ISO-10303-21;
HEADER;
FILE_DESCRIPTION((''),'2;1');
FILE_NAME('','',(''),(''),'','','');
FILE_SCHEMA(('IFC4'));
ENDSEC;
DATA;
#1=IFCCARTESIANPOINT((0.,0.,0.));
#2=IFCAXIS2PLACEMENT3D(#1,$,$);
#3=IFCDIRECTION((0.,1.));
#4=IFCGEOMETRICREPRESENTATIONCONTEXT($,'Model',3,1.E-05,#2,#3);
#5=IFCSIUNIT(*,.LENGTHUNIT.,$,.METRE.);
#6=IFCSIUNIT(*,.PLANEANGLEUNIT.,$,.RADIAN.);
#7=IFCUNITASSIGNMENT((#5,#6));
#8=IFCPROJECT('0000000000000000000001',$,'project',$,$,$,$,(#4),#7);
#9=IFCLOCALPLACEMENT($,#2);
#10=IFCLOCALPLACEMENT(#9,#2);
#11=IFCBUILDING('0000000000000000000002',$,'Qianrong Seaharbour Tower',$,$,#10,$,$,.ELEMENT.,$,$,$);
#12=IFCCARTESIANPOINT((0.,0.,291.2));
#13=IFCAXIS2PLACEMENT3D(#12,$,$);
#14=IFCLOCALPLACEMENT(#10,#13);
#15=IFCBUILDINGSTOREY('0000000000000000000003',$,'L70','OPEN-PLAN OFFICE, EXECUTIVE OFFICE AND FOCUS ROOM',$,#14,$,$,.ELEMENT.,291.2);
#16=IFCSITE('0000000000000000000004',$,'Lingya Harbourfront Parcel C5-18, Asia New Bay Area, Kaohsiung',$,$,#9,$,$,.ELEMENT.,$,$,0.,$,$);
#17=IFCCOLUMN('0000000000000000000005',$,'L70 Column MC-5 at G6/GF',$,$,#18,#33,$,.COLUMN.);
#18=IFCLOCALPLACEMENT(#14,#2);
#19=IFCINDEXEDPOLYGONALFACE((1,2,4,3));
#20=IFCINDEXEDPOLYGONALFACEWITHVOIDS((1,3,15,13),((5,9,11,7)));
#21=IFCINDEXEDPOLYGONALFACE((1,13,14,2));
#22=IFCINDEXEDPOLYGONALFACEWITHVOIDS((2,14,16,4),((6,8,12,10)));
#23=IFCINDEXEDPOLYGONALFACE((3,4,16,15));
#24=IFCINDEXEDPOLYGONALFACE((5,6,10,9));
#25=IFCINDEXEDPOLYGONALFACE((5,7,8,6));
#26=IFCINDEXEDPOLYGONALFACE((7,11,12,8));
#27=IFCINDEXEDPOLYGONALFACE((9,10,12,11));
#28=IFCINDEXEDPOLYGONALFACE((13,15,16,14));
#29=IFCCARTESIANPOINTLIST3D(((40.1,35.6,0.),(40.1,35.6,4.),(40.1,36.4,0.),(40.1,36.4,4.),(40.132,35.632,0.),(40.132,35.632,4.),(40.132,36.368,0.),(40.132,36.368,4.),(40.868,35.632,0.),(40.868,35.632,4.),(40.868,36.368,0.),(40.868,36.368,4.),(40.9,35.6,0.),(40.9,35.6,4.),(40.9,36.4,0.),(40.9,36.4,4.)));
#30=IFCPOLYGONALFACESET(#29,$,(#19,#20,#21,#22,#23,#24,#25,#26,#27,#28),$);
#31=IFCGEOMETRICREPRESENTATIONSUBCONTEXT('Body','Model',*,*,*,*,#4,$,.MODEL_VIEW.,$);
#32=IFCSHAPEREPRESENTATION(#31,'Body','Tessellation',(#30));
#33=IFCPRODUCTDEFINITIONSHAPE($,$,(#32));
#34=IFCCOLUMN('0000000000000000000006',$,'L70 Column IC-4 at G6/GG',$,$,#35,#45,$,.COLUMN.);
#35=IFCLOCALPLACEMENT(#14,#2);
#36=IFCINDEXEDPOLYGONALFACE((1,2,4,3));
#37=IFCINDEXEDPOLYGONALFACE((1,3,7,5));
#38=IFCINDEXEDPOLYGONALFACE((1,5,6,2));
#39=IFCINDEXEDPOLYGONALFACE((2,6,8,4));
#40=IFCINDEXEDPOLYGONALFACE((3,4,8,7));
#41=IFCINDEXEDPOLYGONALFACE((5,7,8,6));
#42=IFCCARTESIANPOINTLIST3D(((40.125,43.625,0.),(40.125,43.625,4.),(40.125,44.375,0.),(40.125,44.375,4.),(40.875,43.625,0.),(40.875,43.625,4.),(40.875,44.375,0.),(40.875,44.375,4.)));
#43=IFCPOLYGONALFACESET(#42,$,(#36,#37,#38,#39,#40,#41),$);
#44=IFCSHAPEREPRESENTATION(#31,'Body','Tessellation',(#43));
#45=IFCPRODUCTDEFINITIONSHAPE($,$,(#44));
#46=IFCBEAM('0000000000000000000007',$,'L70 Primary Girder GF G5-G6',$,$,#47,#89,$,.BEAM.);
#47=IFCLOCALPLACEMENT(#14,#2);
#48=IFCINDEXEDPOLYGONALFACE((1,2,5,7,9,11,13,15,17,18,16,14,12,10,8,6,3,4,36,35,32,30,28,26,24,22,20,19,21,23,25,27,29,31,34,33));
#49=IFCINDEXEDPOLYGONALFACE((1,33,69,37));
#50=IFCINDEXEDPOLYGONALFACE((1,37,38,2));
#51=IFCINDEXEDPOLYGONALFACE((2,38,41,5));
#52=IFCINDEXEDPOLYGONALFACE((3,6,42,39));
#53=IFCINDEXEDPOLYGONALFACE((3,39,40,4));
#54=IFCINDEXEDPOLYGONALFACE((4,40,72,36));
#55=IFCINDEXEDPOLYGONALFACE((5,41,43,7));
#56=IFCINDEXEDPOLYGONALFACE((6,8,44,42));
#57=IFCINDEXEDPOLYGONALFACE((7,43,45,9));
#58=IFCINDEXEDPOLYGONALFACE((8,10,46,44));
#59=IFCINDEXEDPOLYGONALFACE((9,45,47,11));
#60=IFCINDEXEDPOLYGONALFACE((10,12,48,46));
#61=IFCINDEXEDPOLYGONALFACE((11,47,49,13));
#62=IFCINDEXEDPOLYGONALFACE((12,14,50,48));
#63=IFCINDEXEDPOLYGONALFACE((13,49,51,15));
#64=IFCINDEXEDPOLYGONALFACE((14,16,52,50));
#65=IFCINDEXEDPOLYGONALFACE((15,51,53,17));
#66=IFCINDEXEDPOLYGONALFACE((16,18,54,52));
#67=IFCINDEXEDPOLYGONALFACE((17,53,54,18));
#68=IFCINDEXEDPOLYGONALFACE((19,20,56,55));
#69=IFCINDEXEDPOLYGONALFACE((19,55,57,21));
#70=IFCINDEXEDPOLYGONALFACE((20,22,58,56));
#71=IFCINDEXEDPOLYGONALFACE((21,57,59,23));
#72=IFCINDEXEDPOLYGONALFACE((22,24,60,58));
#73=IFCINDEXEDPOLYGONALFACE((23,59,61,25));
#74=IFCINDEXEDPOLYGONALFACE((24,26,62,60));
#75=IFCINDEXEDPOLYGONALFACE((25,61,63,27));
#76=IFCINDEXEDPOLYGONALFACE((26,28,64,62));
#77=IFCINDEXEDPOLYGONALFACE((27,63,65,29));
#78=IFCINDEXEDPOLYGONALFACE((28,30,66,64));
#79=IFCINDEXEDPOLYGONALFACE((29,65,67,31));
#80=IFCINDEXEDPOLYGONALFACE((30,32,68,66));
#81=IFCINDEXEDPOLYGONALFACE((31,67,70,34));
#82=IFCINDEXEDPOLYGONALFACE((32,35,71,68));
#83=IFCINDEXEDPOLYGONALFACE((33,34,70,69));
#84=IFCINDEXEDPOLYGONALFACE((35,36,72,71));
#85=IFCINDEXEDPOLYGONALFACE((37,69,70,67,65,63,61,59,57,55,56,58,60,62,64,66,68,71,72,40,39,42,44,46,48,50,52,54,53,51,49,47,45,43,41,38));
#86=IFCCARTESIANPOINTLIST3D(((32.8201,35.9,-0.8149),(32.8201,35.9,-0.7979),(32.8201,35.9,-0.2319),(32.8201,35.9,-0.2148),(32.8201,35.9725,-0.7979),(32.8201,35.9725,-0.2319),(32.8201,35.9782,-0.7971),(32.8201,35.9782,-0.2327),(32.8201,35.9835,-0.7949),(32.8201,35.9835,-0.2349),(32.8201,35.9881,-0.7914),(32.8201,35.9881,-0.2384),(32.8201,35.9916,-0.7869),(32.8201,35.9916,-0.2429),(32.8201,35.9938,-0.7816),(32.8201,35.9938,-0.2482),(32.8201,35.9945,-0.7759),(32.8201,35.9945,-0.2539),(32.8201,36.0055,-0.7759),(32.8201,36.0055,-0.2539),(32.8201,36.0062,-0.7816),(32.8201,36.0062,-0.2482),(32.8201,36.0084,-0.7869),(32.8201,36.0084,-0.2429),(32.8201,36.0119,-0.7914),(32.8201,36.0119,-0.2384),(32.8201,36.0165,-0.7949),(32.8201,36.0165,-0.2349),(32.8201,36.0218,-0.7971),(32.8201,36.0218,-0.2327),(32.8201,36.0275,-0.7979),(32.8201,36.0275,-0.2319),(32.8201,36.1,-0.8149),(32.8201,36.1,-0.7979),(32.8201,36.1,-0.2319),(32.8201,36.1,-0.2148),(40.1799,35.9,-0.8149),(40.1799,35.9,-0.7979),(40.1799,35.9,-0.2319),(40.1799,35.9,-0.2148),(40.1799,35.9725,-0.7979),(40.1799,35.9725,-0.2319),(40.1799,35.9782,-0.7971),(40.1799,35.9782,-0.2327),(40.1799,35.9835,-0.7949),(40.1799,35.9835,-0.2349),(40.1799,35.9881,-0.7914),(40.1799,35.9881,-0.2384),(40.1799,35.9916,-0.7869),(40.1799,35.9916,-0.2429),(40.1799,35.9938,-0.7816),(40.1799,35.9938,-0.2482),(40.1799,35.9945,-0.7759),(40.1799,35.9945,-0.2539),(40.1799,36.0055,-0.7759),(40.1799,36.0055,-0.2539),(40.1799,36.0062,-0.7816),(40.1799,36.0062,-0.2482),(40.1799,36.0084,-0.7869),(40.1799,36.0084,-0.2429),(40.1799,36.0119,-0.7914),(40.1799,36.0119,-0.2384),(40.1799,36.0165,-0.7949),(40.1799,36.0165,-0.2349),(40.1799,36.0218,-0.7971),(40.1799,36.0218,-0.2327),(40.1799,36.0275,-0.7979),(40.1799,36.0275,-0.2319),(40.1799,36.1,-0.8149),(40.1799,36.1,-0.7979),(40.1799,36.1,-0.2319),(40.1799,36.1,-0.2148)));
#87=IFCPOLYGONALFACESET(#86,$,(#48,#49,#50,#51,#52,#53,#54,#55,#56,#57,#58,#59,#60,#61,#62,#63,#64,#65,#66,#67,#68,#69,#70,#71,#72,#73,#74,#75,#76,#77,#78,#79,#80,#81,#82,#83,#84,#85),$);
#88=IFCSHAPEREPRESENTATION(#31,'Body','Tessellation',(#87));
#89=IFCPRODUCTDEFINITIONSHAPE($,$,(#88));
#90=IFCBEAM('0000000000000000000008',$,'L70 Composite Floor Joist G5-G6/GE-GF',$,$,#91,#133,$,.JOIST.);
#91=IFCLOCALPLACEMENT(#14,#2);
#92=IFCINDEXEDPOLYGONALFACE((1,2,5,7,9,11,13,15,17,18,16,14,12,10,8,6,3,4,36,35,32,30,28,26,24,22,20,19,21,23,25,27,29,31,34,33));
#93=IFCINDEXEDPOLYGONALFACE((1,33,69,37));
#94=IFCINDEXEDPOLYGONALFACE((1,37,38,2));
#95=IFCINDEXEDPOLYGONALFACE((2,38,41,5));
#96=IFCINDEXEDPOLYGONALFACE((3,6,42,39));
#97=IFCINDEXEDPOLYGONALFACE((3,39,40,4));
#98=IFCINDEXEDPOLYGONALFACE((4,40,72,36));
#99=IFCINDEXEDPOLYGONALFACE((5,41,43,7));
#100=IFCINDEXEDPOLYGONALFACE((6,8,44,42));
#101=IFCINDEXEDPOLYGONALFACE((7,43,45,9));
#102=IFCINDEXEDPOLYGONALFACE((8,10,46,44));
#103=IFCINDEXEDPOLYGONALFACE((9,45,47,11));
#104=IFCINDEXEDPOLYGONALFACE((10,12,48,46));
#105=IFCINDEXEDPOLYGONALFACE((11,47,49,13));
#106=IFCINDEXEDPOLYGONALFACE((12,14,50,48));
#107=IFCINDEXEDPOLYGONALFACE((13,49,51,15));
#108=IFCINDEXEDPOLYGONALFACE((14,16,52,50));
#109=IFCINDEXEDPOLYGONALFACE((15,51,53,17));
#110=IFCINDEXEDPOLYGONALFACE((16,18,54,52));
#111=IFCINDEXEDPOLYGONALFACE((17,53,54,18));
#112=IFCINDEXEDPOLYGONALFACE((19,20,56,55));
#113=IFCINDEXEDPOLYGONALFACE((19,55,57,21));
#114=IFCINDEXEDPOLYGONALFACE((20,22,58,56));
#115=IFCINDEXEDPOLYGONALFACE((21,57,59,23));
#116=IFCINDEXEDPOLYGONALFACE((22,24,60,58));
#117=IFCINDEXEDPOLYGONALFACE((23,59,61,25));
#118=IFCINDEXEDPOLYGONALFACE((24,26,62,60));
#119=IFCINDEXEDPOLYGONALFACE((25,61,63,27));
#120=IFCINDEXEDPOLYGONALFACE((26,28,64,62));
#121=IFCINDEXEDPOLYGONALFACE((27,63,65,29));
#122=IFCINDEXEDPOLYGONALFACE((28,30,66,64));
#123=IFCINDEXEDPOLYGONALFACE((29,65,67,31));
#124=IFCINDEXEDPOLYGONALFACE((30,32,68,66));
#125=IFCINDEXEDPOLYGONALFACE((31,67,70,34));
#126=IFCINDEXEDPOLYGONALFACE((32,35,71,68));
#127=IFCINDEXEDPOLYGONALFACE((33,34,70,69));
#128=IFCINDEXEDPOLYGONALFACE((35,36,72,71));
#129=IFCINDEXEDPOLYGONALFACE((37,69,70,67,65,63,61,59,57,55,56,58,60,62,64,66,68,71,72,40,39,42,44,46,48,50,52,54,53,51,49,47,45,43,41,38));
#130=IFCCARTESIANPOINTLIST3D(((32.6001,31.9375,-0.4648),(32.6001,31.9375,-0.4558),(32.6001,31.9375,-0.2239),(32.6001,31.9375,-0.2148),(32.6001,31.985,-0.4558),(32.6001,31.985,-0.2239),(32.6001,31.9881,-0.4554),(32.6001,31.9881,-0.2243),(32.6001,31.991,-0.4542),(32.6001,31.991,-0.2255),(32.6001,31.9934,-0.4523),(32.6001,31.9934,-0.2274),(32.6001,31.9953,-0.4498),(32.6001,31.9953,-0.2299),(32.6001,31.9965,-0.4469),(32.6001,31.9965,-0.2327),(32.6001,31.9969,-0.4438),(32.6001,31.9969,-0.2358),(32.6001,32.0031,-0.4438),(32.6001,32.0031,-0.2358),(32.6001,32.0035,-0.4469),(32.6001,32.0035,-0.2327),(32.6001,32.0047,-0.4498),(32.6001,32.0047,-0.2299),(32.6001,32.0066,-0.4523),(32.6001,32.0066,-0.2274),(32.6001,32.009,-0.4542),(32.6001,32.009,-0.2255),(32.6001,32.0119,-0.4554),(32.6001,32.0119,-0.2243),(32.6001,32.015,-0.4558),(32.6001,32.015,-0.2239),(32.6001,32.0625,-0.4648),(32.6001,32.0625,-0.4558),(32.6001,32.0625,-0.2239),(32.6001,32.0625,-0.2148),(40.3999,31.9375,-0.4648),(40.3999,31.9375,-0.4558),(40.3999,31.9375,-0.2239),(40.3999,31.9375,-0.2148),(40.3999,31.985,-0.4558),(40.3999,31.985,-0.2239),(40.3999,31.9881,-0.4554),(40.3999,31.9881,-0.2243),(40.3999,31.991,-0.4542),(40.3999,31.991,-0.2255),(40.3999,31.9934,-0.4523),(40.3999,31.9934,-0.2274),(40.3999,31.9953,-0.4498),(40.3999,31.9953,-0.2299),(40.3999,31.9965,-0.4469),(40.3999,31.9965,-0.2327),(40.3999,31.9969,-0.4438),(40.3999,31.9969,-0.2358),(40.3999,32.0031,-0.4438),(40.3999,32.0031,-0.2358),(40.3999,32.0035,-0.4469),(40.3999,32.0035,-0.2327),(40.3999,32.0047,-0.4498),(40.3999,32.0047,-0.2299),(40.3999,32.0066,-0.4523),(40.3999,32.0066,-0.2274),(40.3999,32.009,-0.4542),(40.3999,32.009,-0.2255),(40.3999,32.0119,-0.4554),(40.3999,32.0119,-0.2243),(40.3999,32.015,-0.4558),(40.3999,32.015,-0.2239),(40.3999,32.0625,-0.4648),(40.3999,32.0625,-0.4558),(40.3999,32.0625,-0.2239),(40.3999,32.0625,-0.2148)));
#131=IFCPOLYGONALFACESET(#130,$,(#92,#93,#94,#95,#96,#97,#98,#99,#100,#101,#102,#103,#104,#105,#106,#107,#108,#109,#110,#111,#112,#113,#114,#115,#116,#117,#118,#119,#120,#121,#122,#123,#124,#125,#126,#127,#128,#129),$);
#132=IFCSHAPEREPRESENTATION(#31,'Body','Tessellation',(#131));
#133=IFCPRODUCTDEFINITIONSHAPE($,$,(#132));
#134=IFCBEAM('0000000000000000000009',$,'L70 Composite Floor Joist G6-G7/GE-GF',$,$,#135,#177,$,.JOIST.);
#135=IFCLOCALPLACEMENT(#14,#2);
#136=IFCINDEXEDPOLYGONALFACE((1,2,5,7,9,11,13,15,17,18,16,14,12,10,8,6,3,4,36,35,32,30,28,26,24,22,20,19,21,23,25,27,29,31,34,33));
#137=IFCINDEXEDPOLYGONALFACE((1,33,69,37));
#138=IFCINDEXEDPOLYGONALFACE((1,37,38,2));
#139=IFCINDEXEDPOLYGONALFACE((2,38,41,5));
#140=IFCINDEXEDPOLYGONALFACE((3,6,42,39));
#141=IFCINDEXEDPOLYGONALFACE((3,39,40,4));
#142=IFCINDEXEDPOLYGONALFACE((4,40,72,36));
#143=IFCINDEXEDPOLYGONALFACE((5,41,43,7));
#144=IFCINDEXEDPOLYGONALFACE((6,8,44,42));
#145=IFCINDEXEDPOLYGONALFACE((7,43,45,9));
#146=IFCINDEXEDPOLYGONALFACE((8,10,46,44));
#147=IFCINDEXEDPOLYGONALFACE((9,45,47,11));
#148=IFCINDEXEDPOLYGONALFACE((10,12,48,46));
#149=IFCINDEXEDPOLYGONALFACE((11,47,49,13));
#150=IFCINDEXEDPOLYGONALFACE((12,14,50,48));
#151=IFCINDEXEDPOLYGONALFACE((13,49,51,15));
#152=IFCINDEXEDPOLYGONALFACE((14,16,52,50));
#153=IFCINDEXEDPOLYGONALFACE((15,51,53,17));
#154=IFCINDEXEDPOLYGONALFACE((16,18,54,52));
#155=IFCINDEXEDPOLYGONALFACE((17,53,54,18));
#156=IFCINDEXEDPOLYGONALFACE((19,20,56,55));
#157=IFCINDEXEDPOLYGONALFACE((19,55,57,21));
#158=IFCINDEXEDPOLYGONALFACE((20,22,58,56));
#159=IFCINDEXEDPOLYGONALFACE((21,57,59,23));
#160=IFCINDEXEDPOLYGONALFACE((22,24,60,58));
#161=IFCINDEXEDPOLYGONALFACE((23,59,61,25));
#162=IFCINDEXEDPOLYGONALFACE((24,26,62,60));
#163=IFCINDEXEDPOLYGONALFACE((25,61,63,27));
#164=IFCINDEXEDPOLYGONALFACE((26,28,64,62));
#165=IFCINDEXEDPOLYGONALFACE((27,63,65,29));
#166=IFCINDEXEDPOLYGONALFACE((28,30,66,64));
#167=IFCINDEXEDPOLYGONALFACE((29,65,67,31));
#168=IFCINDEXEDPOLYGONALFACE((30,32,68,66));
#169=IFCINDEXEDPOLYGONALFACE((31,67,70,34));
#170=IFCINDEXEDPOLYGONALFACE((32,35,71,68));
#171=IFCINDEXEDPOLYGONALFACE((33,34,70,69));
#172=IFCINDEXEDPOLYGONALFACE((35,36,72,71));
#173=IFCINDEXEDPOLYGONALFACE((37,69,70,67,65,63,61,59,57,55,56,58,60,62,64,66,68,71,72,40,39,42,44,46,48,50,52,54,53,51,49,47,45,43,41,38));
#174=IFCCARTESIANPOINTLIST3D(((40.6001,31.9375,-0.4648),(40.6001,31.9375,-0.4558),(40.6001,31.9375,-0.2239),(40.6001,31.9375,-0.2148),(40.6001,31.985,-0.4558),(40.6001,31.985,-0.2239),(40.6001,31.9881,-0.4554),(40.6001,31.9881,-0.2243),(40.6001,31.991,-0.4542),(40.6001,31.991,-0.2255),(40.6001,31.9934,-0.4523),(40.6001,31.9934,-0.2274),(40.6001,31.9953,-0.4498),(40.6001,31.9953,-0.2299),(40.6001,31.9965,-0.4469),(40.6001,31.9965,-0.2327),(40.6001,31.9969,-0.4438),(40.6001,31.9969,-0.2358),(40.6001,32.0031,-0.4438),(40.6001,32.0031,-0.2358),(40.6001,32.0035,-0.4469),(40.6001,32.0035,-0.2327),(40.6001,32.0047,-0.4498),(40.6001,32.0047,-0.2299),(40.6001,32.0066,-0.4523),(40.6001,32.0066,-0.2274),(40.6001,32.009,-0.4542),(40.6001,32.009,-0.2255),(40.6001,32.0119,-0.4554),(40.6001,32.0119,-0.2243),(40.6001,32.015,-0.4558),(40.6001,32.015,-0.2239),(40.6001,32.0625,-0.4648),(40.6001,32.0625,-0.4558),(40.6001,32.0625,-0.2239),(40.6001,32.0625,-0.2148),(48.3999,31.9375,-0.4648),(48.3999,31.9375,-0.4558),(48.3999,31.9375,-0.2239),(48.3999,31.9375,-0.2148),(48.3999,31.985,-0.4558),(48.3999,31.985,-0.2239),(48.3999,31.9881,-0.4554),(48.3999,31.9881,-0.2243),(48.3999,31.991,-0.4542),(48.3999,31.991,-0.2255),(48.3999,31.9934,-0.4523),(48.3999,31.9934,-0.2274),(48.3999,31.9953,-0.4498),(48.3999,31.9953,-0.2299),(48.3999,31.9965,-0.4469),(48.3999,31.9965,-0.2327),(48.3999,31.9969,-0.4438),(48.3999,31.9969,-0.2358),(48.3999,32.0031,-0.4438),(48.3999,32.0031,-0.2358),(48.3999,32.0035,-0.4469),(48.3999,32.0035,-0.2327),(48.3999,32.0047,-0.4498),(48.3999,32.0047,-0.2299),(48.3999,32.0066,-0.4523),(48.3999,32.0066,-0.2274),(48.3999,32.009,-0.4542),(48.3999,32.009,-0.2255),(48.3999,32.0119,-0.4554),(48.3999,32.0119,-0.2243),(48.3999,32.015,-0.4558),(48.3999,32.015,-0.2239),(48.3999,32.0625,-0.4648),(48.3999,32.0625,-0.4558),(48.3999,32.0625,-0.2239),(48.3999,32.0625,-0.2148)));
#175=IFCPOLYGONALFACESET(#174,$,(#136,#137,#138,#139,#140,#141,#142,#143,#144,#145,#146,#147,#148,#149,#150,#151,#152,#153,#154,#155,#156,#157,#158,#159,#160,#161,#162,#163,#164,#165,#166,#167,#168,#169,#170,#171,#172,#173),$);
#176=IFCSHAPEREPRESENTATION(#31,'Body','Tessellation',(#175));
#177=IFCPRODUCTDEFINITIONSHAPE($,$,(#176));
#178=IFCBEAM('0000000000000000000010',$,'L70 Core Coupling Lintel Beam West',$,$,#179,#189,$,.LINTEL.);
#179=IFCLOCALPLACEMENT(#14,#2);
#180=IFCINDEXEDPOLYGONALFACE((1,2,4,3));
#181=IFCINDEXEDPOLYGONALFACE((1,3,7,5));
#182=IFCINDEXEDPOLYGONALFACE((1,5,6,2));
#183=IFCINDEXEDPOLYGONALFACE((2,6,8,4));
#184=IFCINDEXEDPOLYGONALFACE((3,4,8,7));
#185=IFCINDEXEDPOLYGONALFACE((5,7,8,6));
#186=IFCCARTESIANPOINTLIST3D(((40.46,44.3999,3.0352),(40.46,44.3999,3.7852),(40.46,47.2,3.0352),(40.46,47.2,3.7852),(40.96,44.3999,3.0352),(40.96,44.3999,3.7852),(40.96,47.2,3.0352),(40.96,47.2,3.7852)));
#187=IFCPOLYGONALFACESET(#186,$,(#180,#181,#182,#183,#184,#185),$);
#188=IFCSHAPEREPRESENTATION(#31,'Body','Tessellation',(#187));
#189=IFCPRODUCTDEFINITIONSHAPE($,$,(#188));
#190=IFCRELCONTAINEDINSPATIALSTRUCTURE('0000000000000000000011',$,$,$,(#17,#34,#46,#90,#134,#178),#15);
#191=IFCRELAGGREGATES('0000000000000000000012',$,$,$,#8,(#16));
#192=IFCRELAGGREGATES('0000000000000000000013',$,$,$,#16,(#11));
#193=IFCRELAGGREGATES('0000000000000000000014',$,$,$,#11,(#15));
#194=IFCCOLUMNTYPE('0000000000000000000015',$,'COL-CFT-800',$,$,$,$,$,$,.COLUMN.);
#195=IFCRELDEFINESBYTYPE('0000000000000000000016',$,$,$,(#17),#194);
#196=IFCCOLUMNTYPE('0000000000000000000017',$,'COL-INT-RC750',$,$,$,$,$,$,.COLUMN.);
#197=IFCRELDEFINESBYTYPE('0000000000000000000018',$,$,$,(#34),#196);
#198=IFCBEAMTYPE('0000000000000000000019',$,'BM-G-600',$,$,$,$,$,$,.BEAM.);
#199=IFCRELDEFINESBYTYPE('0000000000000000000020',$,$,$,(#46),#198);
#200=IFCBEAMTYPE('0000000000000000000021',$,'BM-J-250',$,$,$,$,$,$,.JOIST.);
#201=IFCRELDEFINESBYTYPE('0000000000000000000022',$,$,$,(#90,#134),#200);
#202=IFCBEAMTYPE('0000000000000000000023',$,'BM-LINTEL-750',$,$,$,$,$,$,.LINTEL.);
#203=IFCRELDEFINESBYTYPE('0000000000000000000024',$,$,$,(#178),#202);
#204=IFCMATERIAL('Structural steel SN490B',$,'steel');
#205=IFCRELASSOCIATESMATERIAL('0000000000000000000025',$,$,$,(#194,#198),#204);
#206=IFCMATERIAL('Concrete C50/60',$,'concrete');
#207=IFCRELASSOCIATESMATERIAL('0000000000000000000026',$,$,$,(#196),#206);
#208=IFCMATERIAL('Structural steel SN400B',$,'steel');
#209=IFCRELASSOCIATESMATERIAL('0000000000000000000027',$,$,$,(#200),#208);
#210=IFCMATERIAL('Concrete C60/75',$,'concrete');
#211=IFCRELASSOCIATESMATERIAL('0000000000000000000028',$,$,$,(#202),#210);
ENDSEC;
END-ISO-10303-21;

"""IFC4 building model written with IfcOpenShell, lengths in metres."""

from ifc_helpers import new_model, si_unit, direction, frame, origin, origin_2d, place, context, subcontext, project, spatial, rectangle, hollow_rectangle, i_section, extrude, material, material_profile, profile_set, type_object, element, save


model = new_model("IFC4")

# Units and contexts
model_context = context("Model", 3, precision=1e-05, world=origin(), true_north=direction((0.0, 1.0)))
body_context = subcontext(model_context, "Body", "Model", "MODEL_VIEW")
ifc_project = project(units=[si_unit("LENGTHUNIT", "METRE"), si_unit("PLANEANGLEUNIT", "RADIAN")], contexts=[model_context])

# Site, building, storey
site_placement = place(None, origin())
site = spatial("IfcSite", under=ifc_project, at=site_placement, Name="Lingya Harbourfront Parcel C5-18, Asia New Bay Area, Kaohsiung", CompositionType="ELEMENT", RefElevation=0.0)
building_placement = place(site_placement, origin())
building = spatial("IfcBuilding", under=site, at=building_placement, Name="Qianrong Seaharbour Tower", CompositionType="ELEMENT")
storey_placement = place(building_placement, frame((0.0, 0.0, 291.2)))
storey = spatial("IfcBuildingStorey", under=building, at=storey_placement, Name="L70", Description="OPEN-PLAN OFFICE, EXECUTIVE OFFICE AND FOCUS ROOM", CompositionType="ELEMENT", Elevation=291.2)

# Columns
ifc_material_1 = material(Name="Structural steel SN490B", Category="steel")
ifc_material_profile_1 = material_profile(ifc_material_1, hollow_rectangle(XDim=0.8, YDim=0.8, WallThickness=0.032, at=origin_2d()), Name="BOX800x800x32")
ifc_profile_set_1 = profile_set([ifc_material_profile_1], Name="Structural steel SN490B")
column_type_1 = type_object("IfcColumnType", Name="COL-CFT-800", PredefinedType="COLUMN", material=ifc_profile_set_1)
column_1_placement = place(storey_placement, frame((40.5, 36.0, 0.0), z_axis=(0.0, 0.0, 1.0), x_axis=(1.0, 0.0, 0.0)))
element("IfcColumn", 1, at=column_1_placement, inside=storey, type_object=column_type_1, Name="L70 Column MC-5 at G6/GF", PredefinedType="COLUMN", context=body_context, shape_type="SweptSolid", body=[
    extrude(hollow_rectangle(XDim=0.8, YDim=0.8, WallThickness=0.032, at=origin_2d()), origin(), (0.0, 0.0, 1.0), 4.0),
])
ifc_material_2 = material(Name="Concrete C50/60", Category="concrete")
ifc_material_profile_2 = material_profile(ifc_material_2, rectangle(XDim=0.75, YDim=0.75, at=origin_2d()), Name="RC750x750")
ifc_profile_set_2 = profile_set([ifc_material_profile_2], Name="Concrete C50/60")
column_type_2 = type_object("IfcColumnType", Name="COL-INT-RC750", PredefinedType="COLUMN", material=ifc_profile_set_2)
column_2_placement = place(storey_placement, frame((40.5, 44.0, 0.0), z_axis=(0.0, 0.0, 1.0), x_axis=(1.0, 0.0, 0.0)))
element("IfcColumn", 2, at=column_2_placement, inside=storey, type_object=column_type_2, Name="L70 Column IC-4 at G6/GG", PredefinedType="COLUMN", context=body_context, shape_type="SweptSolid", body=[
    extrude(rectangle(XDim=0.75, YDim=0.75, at=origin_2d()), origin(), (0.0, 0.0, 1.0), 4.0),
])

# Beams
ifc_material_profile_3 = material_profile(ifc_material_1, i_section(OverallWidth=0.2, OverallDepth=0.6001, WebThickness=0.011, FlangeThickness=0.0171, FilletRadius=0.022, at=origin_2d()), Name="H600x200x11x17")
ifc_profile_set_3 = profile_set([ifc_material_profile_3], Name="Structural steel SN490B")
beam_type_1 = type_object("IfcBeamType", Name="BM-G-600", PredefinedType="BEAM", material=ifc_profile_set_3)
beam_1_placement = place(storey_placement, frame((32.8201, 36.0, -0.5149), z_axis=(1.0, 0.0, 0.0), x_axis=(0.0, 1.0, 0.0)))
element("IfcBeam", 3, at=beam_1_placement, inside=storey, type_object=beam_type_1, Name="L70 Primary Girder GF G5-G6", PredefinedType="BEAM", context=body_context, shape_type="SweptSolid", body=[
    extrude(i_section(OverallWidth=0.2, OverallDepth=0.6001, WebThickness=0.011, FlangeThickness=0.0171, FilletRadius=0.022, at=origin_2d()), origin(), (0.0, 0.0, 1.0), 7.3599),
])
ifc_material_3 = material(Name="Structural steel SN400B", Category="steel")
ifc_material_profile_4 = material_profile(ifc_material_3, i_section(OverallWidth=0.125, OverallDepth=0.25, WebThickness=0.0061, FlangeThickness=0.009, FilletRadius=0.012, at=origin_2d()), Name="H250x125x6x9")
ifc_profile_set_4 = profile_set([ifc_material_profile_4], Name="Structural steel SN400B")
beam_type_2 = type_object("IfcBeamType", Name="BM-J-250", PredefinedType="JOIST", material=ifc_profile_set_4)
for number, where, z_axis, x_axis, name in (
    (4, (32.6001, 32.0, -0.3398), (1.0, 0.0, 0.0), (0.0, 1.0, 0.0), "L70 Composite Floor Joist G5-G6/GE-GF"),
    (5, (40.6001, 32.0, -0.3398), (1.0, 0.0, 0.0), (0.0, 1.0, 0.0), "L70 Composite Floor Joist G6-G7/GE-GF"),
):
    element("IfcBeam", number, at=place(storey_placement, frame(where, z_axis=z_axis, x_axis=x_axis)), inside=storey, type_object=beam_type_2, Name=name, PredefinedType="JOIST", context=body_context, shape_type="SweptSolid", body=[
        extrude(i_section(OverallWidth=0.125, OverallDepth=0.25, WebThickness=0.0061, FlangeThickness=0.009, FilletRadius=0.012, at=origin_2d()), origin(), (0.0, 0.0, 1.0), 7.7998),
    ])
ifc_material_4 = material(Name="Concrete C60/75", Category="concrete")
ifc_material_profile_5 = material_profile(ifc_material_4, rectangle(XDim=0.5, YDim=0.75, at=origin_2d()), Name="RC500x750")
ifc_profile_set_5 = profile_set([ifc_material_profile_5], Name="Concrete C60/75")
beam_type_3 = type_object("IfcBeamType", Name="BM-LINTEL-750", PredefinedType="LINTEL", material=ifc_profile_set_5)
beam_2_placement = place(storey_placement, frame((40.71, 44.3999, 3.4102), z_axis=(0.0, 1.0, 0.0), x_axis=(-1.0, 0.0, 0.0)))
element("IfcBeam", 6, at=beam_2_placement, inside=storey, type_object=beam_type_3, Name="L70 Core Coupling Lintel Beam West", PredefinedType="LINTEL", context=body_context, shape_type="SweptSolid", body=[
    extrude(rectangle(XDim=0.5, YDim=0.75, at=origin_2d()), origin(), (0.0, 0.0, 1.0), 2.8),
])

save(model, "model.ifc")
